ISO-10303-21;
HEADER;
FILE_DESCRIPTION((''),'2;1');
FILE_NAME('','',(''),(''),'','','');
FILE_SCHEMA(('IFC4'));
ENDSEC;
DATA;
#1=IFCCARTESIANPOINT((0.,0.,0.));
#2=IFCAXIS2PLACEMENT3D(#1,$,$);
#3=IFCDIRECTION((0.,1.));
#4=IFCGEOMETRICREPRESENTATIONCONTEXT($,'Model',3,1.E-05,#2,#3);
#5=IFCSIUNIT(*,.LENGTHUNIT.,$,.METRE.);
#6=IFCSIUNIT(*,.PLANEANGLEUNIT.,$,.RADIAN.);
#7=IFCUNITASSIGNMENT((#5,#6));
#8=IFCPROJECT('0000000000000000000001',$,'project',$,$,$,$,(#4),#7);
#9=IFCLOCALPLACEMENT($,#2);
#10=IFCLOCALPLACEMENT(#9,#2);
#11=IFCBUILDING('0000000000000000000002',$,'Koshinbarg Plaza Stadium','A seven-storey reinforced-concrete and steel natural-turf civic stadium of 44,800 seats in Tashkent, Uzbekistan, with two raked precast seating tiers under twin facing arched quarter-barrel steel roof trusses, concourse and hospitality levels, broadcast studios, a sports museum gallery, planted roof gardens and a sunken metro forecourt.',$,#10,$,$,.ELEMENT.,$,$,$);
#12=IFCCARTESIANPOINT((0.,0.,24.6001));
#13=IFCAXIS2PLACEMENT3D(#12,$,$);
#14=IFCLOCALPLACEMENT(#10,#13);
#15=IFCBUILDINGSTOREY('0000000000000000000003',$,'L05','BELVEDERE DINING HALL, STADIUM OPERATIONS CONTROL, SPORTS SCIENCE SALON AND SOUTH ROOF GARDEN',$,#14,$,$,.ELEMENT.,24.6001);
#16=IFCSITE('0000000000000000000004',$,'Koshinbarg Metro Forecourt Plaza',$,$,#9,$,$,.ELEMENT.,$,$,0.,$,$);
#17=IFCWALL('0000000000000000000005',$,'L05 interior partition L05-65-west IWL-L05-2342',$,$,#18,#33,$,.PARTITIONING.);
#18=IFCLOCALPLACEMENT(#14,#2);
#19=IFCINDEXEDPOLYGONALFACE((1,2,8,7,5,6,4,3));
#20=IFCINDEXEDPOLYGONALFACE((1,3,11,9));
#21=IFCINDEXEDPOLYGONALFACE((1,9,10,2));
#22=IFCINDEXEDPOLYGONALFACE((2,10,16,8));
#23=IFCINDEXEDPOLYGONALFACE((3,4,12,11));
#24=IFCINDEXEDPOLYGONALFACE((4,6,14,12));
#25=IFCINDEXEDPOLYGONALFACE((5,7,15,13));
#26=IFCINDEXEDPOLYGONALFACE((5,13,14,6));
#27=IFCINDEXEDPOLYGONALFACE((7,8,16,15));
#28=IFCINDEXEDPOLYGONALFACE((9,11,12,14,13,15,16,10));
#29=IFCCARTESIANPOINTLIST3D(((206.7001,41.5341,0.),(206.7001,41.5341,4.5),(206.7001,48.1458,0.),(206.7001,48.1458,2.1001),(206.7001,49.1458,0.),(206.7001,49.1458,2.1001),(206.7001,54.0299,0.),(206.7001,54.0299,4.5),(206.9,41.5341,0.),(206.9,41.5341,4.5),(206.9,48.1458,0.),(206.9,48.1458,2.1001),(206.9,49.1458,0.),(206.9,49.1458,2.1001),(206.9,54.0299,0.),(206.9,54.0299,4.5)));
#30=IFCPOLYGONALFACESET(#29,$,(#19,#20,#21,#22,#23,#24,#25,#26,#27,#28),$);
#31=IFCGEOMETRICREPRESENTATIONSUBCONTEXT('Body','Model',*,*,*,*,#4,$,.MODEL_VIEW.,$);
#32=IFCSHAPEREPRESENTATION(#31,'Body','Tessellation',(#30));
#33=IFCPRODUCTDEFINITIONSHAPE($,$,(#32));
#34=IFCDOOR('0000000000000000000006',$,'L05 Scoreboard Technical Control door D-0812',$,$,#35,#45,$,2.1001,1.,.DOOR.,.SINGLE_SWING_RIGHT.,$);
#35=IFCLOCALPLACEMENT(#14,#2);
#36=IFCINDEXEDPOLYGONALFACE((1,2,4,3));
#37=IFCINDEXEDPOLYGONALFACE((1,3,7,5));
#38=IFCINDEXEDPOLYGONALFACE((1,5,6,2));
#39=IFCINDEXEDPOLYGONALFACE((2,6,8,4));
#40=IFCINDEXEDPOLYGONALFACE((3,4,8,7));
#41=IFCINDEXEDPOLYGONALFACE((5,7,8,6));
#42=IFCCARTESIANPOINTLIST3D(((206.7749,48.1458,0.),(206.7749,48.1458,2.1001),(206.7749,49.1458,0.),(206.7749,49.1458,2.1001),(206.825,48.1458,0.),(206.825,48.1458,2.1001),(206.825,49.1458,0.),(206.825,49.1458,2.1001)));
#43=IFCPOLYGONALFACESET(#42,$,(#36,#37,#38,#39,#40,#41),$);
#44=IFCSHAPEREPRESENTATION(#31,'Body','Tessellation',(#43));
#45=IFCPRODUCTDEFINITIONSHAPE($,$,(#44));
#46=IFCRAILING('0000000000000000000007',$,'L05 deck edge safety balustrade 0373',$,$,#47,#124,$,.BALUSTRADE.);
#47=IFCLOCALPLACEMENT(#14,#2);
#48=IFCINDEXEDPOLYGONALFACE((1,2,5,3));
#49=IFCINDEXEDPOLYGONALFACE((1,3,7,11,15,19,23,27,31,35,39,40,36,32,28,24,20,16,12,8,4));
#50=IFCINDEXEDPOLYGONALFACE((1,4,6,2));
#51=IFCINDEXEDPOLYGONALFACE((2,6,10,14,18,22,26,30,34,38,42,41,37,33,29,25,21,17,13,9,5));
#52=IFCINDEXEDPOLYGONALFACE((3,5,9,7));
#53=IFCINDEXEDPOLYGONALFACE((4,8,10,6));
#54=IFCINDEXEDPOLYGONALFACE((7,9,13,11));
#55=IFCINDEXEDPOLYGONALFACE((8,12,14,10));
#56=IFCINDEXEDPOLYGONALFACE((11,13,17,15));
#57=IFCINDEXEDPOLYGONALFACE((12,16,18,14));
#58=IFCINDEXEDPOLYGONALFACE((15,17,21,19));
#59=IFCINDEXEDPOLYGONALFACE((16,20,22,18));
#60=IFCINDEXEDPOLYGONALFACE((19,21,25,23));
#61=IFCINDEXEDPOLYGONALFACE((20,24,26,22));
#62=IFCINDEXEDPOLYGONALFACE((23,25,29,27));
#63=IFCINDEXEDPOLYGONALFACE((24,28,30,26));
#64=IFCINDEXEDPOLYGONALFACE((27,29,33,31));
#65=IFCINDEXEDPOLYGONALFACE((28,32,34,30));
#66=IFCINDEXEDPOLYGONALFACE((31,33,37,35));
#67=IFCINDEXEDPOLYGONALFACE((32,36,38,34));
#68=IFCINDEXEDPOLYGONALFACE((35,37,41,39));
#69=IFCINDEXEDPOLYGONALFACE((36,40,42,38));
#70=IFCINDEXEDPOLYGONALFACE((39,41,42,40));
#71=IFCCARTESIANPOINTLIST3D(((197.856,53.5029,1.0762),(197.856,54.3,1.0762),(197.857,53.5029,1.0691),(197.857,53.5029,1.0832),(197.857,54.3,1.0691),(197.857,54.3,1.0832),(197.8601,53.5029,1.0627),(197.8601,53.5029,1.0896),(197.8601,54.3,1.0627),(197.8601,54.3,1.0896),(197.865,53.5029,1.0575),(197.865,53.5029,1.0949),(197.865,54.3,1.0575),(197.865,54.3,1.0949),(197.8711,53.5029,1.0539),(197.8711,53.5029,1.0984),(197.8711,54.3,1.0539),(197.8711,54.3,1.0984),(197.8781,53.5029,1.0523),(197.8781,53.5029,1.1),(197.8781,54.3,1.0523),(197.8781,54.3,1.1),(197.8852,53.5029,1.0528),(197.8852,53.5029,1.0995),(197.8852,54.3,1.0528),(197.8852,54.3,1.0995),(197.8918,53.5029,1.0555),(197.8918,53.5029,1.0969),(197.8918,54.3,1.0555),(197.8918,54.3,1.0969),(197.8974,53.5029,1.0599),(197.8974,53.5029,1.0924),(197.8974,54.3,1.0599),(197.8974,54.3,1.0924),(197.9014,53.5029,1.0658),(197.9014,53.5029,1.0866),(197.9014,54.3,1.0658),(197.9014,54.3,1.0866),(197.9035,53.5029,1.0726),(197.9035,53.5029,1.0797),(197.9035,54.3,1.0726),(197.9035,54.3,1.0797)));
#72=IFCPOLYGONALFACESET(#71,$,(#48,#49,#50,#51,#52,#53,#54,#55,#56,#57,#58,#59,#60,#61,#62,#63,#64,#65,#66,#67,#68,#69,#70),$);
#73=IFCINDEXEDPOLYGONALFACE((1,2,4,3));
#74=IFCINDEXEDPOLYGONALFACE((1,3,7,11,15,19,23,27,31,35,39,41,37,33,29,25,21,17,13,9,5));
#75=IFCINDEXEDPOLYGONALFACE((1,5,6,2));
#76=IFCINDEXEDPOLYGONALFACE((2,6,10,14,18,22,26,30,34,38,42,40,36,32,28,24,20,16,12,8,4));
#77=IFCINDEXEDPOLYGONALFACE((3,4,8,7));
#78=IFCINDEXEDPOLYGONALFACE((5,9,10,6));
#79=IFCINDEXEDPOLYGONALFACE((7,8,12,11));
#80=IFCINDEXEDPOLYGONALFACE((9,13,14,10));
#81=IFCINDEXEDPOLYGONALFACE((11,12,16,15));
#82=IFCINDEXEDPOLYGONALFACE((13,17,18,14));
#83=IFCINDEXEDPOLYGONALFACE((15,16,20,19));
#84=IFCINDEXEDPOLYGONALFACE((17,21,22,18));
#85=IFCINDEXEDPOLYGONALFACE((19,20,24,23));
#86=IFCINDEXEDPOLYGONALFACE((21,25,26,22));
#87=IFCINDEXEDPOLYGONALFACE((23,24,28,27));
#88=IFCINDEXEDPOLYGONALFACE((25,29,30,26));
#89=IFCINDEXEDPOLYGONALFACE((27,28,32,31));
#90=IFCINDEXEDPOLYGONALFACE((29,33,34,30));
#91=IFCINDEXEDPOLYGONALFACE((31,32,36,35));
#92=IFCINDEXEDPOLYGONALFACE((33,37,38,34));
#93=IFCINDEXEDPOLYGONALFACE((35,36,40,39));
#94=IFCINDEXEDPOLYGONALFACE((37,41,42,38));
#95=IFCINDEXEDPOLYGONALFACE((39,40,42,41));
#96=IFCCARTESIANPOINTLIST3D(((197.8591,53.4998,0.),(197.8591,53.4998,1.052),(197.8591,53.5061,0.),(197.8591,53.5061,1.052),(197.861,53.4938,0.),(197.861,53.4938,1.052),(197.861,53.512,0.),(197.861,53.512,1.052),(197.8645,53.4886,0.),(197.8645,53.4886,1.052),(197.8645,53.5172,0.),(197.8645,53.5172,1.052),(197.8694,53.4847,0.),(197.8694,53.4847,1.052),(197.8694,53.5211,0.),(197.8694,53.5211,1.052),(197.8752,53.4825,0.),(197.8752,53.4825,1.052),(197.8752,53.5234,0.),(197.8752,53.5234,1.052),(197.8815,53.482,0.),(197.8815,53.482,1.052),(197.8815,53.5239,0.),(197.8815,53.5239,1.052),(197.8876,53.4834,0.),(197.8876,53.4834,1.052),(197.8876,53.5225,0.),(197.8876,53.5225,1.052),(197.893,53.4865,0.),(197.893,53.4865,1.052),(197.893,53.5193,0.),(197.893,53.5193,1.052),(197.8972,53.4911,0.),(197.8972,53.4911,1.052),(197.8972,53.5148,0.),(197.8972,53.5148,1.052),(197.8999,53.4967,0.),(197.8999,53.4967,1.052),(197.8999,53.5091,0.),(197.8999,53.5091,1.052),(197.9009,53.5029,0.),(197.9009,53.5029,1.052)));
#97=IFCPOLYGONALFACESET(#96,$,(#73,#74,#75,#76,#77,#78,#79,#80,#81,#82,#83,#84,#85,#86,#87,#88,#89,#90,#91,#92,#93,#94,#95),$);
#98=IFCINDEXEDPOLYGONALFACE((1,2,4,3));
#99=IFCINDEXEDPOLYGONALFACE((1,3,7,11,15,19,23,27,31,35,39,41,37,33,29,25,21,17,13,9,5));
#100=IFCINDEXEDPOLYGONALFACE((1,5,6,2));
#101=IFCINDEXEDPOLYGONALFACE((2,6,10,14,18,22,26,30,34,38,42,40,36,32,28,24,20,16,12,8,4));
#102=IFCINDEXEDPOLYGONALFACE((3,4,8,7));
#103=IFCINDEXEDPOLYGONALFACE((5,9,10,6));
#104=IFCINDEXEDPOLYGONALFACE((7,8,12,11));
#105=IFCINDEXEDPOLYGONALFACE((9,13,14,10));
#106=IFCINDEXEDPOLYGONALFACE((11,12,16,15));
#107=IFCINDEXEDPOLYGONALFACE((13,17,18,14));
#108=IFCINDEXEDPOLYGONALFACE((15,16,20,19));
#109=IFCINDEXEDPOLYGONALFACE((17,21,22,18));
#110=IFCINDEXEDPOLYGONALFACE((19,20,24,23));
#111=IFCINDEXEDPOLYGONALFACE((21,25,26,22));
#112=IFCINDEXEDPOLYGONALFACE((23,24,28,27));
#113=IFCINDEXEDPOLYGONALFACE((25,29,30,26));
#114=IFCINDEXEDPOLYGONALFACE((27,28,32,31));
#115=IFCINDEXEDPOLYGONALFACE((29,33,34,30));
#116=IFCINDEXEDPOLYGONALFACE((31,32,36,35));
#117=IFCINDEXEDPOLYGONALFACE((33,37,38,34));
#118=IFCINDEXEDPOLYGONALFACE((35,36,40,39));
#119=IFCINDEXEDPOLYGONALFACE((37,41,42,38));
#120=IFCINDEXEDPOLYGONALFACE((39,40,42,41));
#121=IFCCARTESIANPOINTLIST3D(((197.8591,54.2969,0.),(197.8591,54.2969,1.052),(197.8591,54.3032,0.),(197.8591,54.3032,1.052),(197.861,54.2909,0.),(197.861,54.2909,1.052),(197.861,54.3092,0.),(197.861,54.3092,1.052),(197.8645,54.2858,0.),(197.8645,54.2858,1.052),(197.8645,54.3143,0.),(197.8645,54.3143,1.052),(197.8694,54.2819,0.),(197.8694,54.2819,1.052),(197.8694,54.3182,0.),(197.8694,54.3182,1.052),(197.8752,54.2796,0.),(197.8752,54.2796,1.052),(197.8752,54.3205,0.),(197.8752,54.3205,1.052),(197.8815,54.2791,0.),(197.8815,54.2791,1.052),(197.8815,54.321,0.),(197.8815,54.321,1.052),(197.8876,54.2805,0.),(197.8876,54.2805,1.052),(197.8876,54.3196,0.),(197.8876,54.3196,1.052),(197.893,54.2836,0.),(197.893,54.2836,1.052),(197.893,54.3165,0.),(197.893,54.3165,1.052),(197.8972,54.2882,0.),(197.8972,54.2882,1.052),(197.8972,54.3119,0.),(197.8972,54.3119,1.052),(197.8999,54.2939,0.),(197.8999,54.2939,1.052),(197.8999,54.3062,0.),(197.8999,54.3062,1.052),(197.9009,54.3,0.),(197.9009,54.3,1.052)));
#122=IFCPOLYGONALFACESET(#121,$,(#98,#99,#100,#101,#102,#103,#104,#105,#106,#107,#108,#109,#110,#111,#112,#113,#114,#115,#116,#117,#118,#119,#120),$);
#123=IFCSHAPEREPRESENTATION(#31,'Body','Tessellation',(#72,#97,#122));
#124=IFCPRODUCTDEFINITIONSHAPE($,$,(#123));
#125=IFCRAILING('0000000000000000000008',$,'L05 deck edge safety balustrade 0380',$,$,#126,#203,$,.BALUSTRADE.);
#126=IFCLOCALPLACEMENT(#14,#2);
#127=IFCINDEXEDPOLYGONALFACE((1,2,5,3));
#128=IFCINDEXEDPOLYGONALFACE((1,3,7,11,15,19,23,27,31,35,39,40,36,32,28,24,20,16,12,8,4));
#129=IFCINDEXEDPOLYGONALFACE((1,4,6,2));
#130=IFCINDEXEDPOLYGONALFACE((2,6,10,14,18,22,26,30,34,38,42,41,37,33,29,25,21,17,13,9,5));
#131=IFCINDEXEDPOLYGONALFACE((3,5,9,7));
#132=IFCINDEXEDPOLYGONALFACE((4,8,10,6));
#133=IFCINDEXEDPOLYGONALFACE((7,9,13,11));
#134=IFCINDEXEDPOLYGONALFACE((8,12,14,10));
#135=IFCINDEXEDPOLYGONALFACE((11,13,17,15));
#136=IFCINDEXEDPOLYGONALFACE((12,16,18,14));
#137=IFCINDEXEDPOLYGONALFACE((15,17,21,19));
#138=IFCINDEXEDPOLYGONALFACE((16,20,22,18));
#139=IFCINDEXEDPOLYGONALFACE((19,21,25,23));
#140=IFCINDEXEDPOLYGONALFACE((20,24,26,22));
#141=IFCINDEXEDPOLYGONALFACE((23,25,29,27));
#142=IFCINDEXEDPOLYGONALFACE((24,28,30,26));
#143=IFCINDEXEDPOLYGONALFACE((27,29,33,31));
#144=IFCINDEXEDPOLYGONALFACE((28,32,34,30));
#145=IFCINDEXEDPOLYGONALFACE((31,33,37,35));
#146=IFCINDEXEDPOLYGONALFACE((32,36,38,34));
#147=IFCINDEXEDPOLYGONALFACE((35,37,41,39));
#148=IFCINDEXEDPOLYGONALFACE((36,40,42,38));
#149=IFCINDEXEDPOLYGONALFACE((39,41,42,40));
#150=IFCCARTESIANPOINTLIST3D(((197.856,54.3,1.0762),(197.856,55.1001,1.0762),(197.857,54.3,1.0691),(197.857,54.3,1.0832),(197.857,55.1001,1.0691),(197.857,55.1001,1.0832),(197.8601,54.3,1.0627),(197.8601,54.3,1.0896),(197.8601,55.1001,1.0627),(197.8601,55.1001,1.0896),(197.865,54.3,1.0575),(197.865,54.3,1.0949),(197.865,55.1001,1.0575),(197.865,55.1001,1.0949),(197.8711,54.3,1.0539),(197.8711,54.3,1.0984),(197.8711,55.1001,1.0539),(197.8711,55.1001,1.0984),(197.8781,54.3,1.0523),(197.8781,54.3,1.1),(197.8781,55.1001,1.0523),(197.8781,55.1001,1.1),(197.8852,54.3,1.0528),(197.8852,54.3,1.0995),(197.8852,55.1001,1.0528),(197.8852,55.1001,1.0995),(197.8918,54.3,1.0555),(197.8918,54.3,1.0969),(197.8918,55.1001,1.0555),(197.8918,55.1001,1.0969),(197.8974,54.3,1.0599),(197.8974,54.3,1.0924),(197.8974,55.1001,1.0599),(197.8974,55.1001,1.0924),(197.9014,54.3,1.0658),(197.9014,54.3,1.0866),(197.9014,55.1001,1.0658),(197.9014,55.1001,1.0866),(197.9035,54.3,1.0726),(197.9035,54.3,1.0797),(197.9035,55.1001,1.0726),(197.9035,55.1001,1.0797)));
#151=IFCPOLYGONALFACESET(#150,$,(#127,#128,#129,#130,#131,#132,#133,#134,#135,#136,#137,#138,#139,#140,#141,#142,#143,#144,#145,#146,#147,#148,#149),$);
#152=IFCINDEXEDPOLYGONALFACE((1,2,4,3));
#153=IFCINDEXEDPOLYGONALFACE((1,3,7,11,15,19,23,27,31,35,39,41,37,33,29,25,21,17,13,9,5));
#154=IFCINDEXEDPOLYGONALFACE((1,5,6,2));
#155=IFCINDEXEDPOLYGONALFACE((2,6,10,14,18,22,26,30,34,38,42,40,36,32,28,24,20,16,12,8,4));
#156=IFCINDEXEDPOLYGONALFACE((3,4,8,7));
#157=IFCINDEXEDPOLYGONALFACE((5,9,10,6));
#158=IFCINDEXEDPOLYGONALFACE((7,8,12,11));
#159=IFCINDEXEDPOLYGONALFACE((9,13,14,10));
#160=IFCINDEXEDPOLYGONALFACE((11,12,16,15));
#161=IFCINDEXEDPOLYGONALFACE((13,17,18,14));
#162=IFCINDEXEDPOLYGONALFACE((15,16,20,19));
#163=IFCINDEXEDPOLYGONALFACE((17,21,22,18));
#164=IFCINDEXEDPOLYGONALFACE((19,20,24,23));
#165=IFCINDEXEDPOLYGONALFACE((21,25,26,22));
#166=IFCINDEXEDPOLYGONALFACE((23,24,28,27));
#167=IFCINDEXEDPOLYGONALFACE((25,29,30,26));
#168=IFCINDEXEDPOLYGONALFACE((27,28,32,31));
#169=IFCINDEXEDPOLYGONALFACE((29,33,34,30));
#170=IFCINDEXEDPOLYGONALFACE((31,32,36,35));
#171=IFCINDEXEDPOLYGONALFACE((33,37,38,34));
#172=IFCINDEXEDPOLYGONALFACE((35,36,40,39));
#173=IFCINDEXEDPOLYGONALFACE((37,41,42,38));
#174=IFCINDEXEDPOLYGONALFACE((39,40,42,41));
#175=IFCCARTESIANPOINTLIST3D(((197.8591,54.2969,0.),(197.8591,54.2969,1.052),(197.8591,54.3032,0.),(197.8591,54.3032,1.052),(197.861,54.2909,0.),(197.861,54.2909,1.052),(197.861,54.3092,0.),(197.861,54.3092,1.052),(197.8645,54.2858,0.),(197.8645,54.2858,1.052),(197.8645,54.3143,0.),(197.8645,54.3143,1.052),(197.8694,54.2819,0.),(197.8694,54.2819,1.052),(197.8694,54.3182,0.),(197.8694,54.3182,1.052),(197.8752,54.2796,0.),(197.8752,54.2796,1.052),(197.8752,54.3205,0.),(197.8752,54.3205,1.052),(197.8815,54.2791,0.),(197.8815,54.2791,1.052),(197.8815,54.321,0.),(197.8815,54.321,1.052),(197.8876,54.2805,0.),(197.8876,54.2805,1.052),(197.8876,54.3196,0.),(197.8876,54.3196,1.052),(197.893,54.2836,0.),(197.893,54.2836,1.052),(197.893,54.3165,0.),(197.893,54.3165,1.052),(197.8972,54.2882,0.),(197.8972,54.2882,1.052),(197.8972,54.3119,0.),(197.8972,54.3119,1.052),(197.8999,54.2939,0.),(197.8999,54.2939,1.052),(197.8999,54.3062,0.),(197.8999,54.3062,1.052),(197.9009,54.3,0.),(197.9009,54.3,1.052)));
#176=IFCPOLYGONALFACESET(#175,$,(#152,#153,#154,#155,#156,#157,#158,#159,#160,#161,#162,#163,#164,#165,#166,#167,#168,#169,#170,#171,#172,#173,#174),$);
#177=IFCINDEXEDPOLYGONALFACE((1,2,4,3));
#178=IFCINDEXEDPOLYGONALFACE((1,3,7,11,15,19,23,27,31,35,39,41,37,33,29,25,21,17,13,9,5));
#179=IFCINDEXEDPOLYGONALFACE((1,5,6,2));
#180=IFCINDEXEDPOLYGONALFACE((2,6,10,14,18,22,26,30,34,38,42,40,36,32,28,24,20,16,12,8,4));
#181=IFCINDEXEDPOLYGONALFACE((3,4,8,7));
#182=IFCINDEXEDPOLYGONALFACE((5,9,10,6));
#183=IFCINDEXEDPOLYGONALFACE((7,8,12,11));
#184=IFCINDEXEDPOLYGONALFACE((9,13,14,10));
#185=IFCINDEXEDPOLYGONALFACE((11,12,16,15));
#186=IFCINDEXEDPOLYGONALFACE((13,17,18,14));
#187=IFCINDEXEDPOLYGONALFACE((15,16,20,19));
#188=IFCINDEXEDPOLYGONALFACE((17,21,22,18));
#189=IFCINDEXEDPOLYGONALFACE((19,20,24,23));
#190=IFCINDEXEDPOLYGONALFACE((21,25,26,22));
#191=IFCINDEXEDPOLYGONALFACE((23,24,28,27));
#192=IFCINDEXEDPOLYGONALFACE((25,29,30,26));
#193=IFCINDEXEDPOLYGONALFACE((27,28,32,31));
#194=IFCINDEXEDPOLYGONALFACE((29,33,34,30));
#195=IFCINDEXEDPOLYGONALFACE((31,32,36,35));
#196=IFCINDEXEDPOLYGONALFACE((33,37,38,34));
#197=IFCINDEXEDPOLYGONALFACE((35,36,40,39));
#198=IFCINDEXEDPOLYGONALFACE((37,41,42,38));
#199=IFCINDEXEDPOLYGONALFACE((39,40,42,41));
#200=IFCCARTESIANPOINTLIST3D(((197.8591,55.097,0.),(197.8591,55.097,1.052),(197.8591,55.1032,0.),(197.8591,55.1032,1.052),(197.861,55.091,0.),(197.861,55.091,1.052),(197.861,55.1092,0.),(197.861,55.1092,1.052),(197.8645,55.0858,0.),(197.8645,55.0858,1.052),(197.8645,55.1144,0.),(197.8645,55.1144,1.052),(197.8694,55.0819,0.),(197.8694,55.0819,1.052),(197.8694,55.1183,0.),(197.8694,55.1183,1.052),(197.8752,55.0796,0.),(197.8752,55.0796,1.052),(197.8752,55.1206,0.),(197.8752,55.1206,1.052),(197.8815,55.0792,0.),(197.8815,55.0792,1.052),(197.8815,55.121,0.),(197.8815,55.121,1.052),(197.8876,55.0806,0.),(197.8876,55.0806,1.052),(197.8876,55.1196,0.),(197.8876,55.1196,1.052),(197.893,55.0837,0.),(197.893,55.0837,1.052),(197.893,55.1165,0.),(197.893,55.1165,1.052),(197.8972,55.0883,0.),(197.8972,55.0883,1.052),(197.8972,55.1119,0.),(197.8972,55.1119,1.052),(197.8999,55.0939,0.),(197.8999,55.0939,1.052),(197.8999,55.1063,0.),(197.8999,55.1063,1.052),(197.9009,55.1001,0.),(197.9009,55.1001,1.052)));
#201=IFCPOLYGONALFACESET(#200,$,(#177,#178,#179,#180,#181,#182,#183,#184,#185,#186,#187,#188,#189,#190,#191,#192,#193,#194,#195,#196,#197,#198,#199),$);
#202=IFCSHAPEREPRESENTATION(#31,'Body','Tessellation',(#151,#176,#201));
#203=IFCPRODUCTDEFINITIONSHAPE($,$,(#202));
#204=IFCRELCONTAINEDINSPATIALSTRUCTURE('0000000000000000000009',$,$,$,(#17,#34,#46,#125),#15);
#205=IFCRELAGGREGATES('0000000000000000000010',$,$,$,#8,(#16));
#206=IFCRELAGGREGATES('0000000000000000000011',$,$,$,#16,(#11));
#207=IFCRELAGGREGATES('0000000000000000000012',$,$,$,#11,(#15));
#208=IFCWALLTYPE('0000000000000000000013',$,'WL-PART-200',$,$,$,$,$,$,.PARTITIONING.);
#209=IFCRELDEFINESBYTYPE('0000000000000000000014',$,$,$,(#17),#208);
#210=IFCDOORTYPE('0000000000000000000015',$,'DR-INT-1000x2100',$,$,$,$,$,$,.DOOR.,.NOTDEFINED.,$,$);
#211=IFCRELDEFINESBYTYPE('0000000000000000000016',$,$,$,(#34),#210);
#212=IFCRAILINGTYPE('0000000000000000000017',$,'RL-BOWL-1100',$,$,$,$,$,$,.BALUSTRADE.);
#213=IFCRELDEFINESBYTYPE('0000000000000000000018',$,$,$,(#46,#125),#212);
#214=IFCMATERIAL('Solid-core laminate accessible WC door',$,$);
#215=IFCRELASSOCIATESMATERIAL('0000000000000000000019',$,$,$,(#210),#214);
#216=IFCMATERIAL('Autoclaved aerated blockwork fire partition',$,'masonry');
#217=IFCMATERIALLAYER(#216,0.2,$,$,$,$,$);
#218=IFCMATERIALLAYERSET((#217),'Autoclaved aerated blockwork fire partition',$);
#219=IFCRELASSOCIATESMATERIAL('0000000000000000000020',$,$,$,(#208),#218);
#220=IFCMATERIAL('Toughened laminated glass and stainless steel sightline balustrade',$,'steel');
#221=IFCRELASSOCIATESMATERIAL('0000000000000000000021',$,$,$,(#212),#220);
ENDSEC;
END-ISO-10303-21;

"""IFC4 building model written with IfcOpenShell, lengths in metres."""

from ifc_helpers import new_model, si_unit, direction, frame, frame_2d, origin, origin_2d, place, context, subcontext, project, spatial, rectangle, circle, extrude, material, layer, layer_set, type_object, element, fill, save


model = new_model("IFC4")

# Units and contexts
model_context = context("Model", 3, precision=1e-05, world=origin(), true_north=direction((0.0, 1.0)))
body_context = subcontext(model_context, "Body", "Model", "MODEL_VIEW")
ifc_project = project(units=[si_unit("LENGTHUNIT", "METRE"), si_unit("PLANEANGLEUNIT", "RADIAN")], contexts=[model_context])

# Site, building, storey
site_placement = place(None, origin())
site = spatial("IfcSite", under=ifc_project, at=site_placement, Name="Koshinbarg Metro Forecourt Plaza", CompositionType="ELEMENT", RefElevation=0.0)
building_placement = place(site_placement, origin())
building = spatial("IfcBuilding", under=site, at=building_placement, Name="Koshinbarg Plaza Stadium", Description="A seven-storey reinforced-concrete and steel natural-turf civic stadium of 44,800 seats in Tashkent, Uzbekistan, with two raked precast seating tiers under twin facing arched quarter-barrel steel roof trusses, concourse and hospitality levels, broadcast studios, a sports museum gallery, planted roof gardens and a sunken metro forecourt.", CompositionType="ELEMENT")
storey_placement = place(building_placement, frame((0.0, 0.0, 24.6001)))
storey = spatial("IfcBuildingStorey", under=building, at=storey_placement, Name="L05", Description="BELVEDERE DINING HALL, STADIUM OPERATIONS CONTROL, SPORTS SCIENCE SALON AND SOUTH ROOF GARDEN", CompositionType="ELEMENT", Elevation=24.6001)

# Shared definitions
ifc_material_1 = material(Name="Solid-core laminate accessible WC door")
door_type_1 = type_object("IfcDoorType", Name="DR-INT-1000x2100", OperationType="NOTDEFINED", PredefinedType="DOOR", material=ifc_material_1)
ifc_material_2 = material(Name="Autoclaved aerated blockwork fire partition", Category="masonry")
ifc_layer_1 = layer(ifc_material_2, 0.2)
ifc_layer_set_1 = layer_set([ifc_layer_1], Name="Autoclaved aerated blockwork fire partition")
wall_type_1 = type_object("IfcWallType", Name="WL-PART-200", PredefinedType="PARTITIONING", material=ifc_layer_set_1)

# Wall, opening, door
wall_1_placement = place(storey_placement, frame((206.8, 54.03, 0.0), z_axis=(0.0, 0.0, 1.0), x_axis=(0.0, -1.0, 0.0)))
wall_1 = element("IfcWall", 1, at=wall_1_placement, inside=storey, type_object=wall_type_1, Name="L05 interior partition L05-65-west IWL-L05-2342", PredefinedType="PARTITIONING", context=body_context, shape_type="SweptSolid", body=[
    extrude(rectangle(XDim=12.4958, YDim=0.2, at=frame_2d((6.248, 0.0))), origin(), (0.0, 0.0, 1.0), 4.5),
])
opening_1_placement = place(wall_1_placement, frame((4.8843, 0.0, 0.0)))
opening_1 = element("IfcOpeningElement", 2, at=opening_1_placement, cuts=wall_1, PredefinedType="OPENING", context=body_context, shape_type="SweptSolid", body=[
    extrude(rectangle(XDim=1.0, YDim=2.1001, at=frame_2d((0.5, 1.05))), frame((0.0, 0.1099, 0.0), z_axis=(0.0, -1.0, 0.0), x_axis=(1.0, 0.0, 0.0)), (0.0, 0.0, 1.0), 0.22),
])
door_1_placement = place(opening_1_placement, origin())
door_1 = element("IfcDoor", 3, at=door_1_placement, inside=storey, type_object=door_type_1, Name="L05 Scoreboard Technical Control door D-0812", OperationType="SINGLE_SWING_RIGHT", OverallHeight=2.1001, OverallWidth=1.0, PredefinedType="DOOR", context=body_context, shape_type="SweptSolid", body=[
    extrude(rectangle(XDim=1.0, YDim=2.1001, at=frame_2d((0.5, 1.05))), frame((0.0, 0.0249, 0.0), z_axis=(0.0, -1.0, 0.0), x_axis=(1.0, 0.0, 0.0)), (0.0, 0.0, 1.0), 0.05),
])
fill(opening_1, door_1)

# Railings
ifc_material_3 = material(Name="Toughened laminated glass and stainless steel sightline balustrade", Category="steel")
railing_type = type_object("IfcRailingType", Name="RL-BOWL-1100", PredefinedType="BALUSTRADE", material=ifc_material_3)
railing_1_placement = place(storey_placement, frame((197.8799, 53.5029, 0.0)))
element("IfcRailing", 4, at=railing_1_placement, inside=storey, type_object=railing_type, Name="L05 deck edge safety balustrade 0373", PredefinedType="BALUSTRADE", context=body_context, shape_type="SweptSolid", body=[
    extrude(circle(Radius=0.0239, at=origin_2d()), frame((0.0, 0.0, 1.0762), z_axis=(0.0, 1.0, 0.0), x_axis=(-1.0, 0.0, 0.0)), (0.0, 0.0, 1.0), 0.7971),
    extrude(circle(Radius=0.021, at=origin_2d()), origin(), (0.0, 0.0, 1.0), 1.052),
    extrude(circle(Radius=0.021, at=origin_2d()), frame((0.0, 0.7971, 0.0)), (0.0, 0.0, 1.0), 1.052),
])
railing_2_placement = place(storey_placement, frame((197.8799, 54.3, 0.0)))
element("IfcRailing", 5, at=railing_2_placement, inside=storey, type_object=railing_type, Name="L05 deck edge safety balustrade 0380", PredefinedType="BALUSTRADE", context=body_context, shape_type="SweptSolid", body=[
    extrude(circle(Radius=0.0239, at=origin_2d()), frame((0.0, 0.0, 1.0762), z_axis=(0.0, 1.0, 0.0), x_axis=(-1.0, 0.0, 0.0)), (0.0, 0.0, 1.0), 0.8),
    extrude(circle(Radius=0.021, at=origin_2d()), origin(), (0.0, 0.0, 1.0), 1.052),
    extrude(circle(Radius=0.021, at=origin_2d()), frame((0.0, 0.8, 0.0)), (0.0, 0.0, 1.0), 1.052),
])

save(model, "model.ifc")
